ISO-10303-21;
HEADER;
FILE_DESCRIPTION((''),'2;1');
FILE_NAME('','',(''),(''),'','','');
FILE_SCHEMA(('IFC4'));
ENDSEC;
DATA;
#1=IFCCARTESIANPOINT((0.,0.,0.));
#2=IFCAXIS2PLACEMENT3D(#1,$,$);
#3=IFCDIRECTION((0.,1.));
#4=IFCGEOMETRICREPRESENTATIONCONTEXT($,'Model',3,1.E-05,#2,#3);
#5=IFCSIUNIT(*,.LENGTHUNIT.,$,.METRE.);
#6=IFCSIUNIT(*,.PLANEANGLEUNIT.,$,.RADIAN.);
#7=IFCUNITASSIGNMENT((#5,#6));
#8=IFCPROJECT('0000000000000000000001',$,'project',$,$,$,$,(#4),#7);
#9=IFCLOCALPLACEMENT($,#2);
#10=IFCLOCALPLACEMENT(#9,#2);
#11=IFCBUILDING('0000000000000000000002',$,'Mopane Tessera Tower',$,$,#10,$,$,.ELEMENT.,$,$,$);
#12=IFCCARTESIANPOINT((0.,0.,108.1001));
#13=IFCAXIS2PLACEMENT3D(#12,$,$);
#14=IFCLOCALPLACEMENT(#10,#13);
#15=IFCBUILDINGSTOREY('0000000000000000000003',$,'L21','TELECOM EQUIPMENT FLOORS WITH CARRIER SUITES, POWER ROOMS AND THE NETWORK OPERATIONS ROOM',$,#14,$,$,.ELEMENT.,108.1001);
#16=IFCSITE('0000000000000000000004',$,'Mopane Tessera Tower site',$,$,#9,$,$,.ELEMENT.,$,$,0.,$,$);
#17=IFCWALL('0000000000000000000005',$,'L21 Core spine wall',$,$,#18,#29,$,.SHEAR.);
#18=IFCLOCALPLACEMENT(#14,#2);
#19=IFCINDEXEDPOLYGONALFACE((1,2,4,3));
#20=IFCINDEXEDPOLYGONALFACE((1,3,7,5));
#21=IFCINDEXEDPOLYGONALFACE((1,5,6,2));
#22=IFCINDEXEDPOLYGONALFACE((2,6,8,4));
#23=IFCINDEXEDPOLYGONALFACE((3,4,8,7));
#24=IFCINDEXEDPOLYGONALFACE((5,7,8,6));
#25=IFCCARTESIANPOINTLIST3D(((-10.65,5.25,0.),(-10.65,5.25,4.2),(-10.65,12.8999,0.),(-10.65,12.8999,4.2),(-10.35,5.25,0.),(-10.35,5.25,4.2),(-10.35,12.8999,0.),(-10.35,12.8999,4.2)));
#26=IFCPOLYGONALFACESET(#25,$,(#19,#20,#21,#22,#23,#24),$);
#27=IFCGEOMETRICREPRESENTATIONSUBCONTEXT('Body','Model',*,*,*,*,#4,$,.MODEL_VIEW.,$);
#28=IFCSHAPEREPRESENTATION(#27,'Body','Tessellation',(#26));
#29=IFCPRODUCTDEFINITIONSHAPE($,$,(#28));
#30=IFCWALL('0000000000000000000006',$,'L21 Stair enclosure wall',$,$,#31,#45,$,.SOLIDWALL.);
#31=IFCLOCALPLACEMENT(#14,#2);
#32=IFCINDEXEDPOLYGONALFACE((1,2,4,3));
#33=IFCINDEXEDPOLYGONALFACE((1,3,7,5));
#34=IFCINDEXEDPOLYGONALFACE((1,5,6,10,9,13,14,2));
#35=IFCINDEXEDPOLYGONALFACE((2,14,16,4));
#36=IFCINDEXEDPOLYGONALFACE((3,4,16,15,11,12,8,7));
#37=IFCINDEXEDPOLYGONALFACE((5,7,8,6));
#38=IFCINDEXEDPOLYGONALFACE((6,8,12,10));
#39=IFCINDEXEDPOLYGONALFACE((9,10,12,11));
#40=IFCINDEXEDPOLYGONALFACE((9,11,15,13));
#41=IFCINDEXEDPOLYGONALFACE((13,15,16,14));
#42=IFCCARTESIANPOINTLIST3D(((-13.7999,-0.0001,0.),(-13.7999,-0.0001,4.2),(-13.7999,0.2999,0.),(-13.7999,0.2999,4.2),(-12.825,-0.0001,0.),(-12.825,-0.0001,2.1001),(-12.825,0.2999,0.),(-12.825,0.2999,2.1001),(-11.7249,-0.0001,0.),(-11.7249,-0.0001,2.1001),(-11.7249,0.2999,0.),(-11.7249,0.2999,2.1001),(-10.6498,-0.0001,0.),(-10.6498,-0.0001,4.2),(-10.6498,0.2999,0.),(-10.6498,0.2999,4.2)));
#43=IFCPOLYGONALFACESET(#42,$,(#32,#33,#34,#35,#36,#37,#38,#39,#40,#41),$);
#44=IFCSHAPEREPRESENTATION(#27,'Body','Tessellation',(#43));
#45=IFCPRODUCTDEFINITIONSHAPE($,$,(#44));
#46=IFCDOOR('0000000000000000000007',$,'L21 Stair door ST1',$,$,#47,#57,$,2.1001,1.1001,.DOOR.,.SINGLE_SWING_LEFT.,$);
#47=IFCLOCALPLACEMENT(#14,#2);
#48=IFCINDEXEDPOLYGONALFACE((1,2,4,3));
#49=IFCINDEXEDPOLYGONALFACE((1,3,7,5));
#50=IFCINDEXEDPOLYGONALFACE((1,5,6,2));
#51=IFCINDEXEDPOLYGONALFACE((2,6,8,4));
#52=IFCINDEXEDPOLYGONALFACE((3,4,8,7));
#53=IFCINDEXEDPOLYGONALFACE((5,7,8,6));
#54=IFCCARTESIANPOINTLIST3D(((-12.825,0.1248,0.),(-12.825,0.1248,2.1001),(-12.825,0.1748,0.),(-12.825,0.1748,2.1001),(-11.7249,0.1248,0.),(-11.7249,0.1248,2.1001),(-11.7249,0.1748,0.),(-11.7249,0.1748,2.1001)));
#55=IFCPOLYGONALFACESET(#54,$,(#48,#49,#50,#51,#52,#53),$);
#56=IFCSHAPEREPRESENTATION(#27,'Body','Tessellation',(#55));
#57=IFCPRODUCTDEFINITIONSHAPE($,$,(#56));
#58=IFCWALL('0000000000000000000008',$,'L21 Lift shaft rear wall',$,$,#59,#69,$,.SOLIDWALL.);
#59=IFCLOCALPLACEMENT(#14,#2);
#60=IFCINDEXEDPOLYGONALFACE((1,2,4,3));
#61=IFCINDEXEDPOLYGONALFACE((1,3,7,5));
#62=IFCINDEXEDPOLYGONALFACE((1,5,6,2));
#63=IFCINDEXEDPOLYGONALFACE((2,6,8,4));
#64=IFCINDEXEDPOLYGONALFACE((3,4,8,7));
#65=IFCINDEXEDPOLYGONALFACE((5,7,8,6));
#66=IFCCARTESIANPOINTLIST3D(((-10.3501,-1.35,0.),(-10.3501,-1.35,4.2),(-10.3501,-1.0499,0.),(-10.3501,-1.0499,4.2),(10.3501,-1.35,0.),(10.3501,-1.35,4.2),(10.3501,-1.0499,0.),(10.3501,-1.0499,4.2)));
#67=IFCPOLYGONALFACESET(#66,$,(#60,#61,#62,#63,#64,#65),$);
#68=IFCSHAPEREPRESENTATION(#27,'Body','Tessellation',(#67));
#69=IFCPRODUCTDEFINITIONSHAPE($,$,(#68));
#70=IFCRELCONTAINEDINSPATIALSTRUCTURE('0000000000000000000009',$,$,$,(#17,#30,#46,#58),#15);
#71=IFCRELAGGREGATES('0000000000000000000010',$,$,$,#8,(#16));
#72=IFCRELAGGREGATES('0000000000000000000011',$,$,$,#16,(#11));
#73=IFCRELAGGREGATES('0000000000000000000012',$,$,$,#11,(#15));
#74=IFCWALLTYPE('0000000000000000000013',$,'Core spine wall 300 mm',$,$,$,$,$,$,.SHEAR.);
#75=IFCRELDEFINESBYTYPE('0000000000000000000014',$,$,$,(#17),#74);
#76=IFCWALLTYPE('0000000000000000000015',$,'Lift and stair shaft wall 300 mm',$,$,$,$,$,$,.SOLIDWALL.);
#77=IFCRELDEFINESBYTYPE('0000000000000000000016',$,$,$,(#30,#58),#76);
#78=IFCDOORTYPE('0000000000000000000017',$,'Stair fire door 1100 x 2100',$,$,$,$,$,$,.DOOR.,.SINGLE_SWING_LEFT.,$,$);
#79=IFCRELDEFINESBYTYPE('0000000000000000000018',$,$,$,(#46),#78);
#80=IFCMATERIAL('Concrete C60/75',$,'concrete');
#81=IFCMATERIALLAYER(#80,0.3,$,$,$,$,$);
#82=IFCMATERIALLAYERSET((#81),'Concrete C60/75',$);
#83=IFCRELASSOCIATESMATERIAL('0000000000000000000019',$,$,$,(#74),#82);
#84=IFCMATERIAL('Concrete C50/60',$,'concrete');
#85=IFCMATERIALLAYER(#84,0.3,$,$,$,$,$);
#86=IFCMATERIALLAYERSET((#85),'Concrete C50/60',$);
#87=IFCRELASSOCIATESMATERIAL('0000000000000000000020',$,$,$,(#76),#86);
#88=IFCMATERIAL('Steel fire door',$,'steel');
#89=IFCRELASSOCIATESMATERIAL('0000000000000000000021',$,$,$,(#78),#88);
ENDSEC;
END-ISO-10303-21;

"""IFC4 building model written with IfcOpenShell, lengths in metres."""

from ifc_helpers import new_model, si_unit, direction, frame, frame_2d, origin, place, context, subcontext, project, spatial, rectangle, extrude, material, layer, layer_set, type_object, element, fill, save


model = new_model("IFC4")

# Units and contexts
model_context = context("Model", 3, precision=1e-05, world=origin(), true_north=direction((0.0, 1.0)))
body_context = subcontext(model_context, "Body", "Model", "MODEL_VIEW")
ifc_project = project(units=[si_unit("LENGTHUNIT", "METRE"), si_unit("PLANEANGLEUNIT", "RADIAN")], contexts=[model_context])

# Site, building, storey
site_placement = place(None, origin())
site = spatial("IfcSite", under=ifc_project, at=site_placement, Name="Mopane Tessera Tower site", CompositionType="ELEMENT", RefElevation=0.0)
building_placement = place(site_placement, origin())
building = spatial("IfcBuilding", under=site, at=building_placement, Name="Mopane Tessera Tower", CompositionType="ELEMENT")
storey_placement = place(building_placement, frame((0.0, 0.0, 108.1001)))
storey = spatial("IfcBuildingStorey", under=building, at=storey_placement, Name="L21", Description="TELECOM EQUIPMENT FLOORS WITH CARRIER SUITES, POWER ROOMS AND THE NETWORK OPERATIONS ROOM", CompositionType="ELEMENT", Elevation=108.1001)

# Wall
ifc_material_1 = material(Name="Concrete C60/75", Category="concrete")
ifc_layer_1 = layer(ifc_material_1, 0.3)
ifc_layer_set_1 = layer_set([ifc_layer_1], Name="Concrete C60/75")
wall_type_1 = type_object("IfcWallType", Name="Core spine wall 300 mm", PredefinedType="SHEAR", material=ifc_layer_set_1)
wall_1_placement = place(storey_placement, frame((-10.5, 5.25, 0.0), z_axis=(0.0, 0.0, 1.0), x_axis=(0.0, 1.0, 0.0)))
element("IfcWall", 1, at=wall_1_placement, inside=storey, type_object=wall_type_1, Name="L21 Core spine wall", PredefinedType="SHEAR", context=body_context, shape_type="SweptSolid", body=[
    extrude(rectangle(XDim=7.6499, YDim=0.3, at=frame_2d((3.825, 0.0))), origin(), (0.0, 0.0, 1.0), 4.2),
])

# Wall, opening, door
ifc_material_2 = material(Name="Concrete C50/60", Category="concrete")
ifc_layer_2 = layer(ifc_material_2, 0.3)
ifc_layer_set_2 = layer_set([ifc_layer_2], Name="Concrete C50/60")
wall_type_2 = type_object("IfcWallType", Name="Lift and stair shaft wall 300 mm", PredefinedType="SOLIDWALL", material=ifc_layer_set_2)
wall_2_placement = place(storey_placement, frame((-13.8, 0.1499, 0.0), z_axis=(0.0, 0.0, 1.0), x_axis=(1.0, 0.0, 0.0)))
wall_2 = element("IfcWall", 2, at=wall_2_placement, inside=storey, type_object=wall_type_2, Name="L21 Stair enclosure wall", PredefinedType="SOLIDWALL", context=body_context, shape_type="SweptSolid", body=[
    extrude(rectangle(XDim=3.1501, YDim=0.3, at=frame_2d((1.5752, 0.0))), origin(), (0.0, 0.0, 1.0), 4.2),
])
opening_1_placement = place(wall_2_placement, frame((0.9751, 0.0, 0.0)))
opening_1 = element("IfcOpeningElement", 3, at=opening_1_placement, cuts=wall_2, PredefinedType="OPENING", context=body_context, shape_type="SweptSolid", body=[
    extrude(rectangle(XDim=1.1001, YDim=2.1001, at=frame_2d((0.55, 1.05))), frame((0.0, 0.1621, 0.0), z_axis=(0.0, -1.0, 0.0), x_axis=(1.0, 0.0, 0.0)), (0.0, 0.0, 1.0), 0.324),
])
ifc_material_3 = material(Name="Steel fire door", Category="steel")
door_type_1 = type_object("IfcDoorType", Name="Stair fire door 1100 x 2100", OperationType="SINGLE_SWING_LEFT", PredefinedType="DOOR", material=ifc_material_3)
door_1_placement = place(opening_1_placement, origin())
door_1 = element("IfcDoor", 4, at=door_1_placement, inside=storey, type_object=door_type_1, Name="L21 Stair door ST1", OperationType="SINGLE_SWING_LEFT", OverallHeight=2.1001, OverallWidth=1.1001, PredefinedType="DOOR", context=body_context, shape_type="SweptSolid", body=[
    extrude(rectangle(XDim=1.1001, YDim=2.1001, at=frame_2d((0.55, 1.05))), frame((0.0, 0.0249, 0.0), z_axis=(0.0, -1.0, 0.0), x_axis=(1.0, 0.0, 0.0)), (0.0, 0.0, 1.0), 0.05),
])
fill(opening_1, door_1)

# Wall
wall_3_placement = place(storey_placement, frame((-10.3501, -1.2, 0.0), z_axis=(0.0, 0.0, 1.0), x_axis=(1.0, 0.0, 0.0)))
element("IfcWall", 5, at=wall_3_placement, inside=storey, type_object=wall_type_2, Name="L21 Lift shaft rear wall", PredefinedType="SOLIDWALL", context=body_context, shape_type="SweptSolid", body=[
    extrude(rectangle(XDim=20.7002, YDim=0.3, at=frame_2d((10.3501, 0.0))), origin(), (0.0, 0.0, 1.0), 4.2),
])

save(model, "model.ifc")
